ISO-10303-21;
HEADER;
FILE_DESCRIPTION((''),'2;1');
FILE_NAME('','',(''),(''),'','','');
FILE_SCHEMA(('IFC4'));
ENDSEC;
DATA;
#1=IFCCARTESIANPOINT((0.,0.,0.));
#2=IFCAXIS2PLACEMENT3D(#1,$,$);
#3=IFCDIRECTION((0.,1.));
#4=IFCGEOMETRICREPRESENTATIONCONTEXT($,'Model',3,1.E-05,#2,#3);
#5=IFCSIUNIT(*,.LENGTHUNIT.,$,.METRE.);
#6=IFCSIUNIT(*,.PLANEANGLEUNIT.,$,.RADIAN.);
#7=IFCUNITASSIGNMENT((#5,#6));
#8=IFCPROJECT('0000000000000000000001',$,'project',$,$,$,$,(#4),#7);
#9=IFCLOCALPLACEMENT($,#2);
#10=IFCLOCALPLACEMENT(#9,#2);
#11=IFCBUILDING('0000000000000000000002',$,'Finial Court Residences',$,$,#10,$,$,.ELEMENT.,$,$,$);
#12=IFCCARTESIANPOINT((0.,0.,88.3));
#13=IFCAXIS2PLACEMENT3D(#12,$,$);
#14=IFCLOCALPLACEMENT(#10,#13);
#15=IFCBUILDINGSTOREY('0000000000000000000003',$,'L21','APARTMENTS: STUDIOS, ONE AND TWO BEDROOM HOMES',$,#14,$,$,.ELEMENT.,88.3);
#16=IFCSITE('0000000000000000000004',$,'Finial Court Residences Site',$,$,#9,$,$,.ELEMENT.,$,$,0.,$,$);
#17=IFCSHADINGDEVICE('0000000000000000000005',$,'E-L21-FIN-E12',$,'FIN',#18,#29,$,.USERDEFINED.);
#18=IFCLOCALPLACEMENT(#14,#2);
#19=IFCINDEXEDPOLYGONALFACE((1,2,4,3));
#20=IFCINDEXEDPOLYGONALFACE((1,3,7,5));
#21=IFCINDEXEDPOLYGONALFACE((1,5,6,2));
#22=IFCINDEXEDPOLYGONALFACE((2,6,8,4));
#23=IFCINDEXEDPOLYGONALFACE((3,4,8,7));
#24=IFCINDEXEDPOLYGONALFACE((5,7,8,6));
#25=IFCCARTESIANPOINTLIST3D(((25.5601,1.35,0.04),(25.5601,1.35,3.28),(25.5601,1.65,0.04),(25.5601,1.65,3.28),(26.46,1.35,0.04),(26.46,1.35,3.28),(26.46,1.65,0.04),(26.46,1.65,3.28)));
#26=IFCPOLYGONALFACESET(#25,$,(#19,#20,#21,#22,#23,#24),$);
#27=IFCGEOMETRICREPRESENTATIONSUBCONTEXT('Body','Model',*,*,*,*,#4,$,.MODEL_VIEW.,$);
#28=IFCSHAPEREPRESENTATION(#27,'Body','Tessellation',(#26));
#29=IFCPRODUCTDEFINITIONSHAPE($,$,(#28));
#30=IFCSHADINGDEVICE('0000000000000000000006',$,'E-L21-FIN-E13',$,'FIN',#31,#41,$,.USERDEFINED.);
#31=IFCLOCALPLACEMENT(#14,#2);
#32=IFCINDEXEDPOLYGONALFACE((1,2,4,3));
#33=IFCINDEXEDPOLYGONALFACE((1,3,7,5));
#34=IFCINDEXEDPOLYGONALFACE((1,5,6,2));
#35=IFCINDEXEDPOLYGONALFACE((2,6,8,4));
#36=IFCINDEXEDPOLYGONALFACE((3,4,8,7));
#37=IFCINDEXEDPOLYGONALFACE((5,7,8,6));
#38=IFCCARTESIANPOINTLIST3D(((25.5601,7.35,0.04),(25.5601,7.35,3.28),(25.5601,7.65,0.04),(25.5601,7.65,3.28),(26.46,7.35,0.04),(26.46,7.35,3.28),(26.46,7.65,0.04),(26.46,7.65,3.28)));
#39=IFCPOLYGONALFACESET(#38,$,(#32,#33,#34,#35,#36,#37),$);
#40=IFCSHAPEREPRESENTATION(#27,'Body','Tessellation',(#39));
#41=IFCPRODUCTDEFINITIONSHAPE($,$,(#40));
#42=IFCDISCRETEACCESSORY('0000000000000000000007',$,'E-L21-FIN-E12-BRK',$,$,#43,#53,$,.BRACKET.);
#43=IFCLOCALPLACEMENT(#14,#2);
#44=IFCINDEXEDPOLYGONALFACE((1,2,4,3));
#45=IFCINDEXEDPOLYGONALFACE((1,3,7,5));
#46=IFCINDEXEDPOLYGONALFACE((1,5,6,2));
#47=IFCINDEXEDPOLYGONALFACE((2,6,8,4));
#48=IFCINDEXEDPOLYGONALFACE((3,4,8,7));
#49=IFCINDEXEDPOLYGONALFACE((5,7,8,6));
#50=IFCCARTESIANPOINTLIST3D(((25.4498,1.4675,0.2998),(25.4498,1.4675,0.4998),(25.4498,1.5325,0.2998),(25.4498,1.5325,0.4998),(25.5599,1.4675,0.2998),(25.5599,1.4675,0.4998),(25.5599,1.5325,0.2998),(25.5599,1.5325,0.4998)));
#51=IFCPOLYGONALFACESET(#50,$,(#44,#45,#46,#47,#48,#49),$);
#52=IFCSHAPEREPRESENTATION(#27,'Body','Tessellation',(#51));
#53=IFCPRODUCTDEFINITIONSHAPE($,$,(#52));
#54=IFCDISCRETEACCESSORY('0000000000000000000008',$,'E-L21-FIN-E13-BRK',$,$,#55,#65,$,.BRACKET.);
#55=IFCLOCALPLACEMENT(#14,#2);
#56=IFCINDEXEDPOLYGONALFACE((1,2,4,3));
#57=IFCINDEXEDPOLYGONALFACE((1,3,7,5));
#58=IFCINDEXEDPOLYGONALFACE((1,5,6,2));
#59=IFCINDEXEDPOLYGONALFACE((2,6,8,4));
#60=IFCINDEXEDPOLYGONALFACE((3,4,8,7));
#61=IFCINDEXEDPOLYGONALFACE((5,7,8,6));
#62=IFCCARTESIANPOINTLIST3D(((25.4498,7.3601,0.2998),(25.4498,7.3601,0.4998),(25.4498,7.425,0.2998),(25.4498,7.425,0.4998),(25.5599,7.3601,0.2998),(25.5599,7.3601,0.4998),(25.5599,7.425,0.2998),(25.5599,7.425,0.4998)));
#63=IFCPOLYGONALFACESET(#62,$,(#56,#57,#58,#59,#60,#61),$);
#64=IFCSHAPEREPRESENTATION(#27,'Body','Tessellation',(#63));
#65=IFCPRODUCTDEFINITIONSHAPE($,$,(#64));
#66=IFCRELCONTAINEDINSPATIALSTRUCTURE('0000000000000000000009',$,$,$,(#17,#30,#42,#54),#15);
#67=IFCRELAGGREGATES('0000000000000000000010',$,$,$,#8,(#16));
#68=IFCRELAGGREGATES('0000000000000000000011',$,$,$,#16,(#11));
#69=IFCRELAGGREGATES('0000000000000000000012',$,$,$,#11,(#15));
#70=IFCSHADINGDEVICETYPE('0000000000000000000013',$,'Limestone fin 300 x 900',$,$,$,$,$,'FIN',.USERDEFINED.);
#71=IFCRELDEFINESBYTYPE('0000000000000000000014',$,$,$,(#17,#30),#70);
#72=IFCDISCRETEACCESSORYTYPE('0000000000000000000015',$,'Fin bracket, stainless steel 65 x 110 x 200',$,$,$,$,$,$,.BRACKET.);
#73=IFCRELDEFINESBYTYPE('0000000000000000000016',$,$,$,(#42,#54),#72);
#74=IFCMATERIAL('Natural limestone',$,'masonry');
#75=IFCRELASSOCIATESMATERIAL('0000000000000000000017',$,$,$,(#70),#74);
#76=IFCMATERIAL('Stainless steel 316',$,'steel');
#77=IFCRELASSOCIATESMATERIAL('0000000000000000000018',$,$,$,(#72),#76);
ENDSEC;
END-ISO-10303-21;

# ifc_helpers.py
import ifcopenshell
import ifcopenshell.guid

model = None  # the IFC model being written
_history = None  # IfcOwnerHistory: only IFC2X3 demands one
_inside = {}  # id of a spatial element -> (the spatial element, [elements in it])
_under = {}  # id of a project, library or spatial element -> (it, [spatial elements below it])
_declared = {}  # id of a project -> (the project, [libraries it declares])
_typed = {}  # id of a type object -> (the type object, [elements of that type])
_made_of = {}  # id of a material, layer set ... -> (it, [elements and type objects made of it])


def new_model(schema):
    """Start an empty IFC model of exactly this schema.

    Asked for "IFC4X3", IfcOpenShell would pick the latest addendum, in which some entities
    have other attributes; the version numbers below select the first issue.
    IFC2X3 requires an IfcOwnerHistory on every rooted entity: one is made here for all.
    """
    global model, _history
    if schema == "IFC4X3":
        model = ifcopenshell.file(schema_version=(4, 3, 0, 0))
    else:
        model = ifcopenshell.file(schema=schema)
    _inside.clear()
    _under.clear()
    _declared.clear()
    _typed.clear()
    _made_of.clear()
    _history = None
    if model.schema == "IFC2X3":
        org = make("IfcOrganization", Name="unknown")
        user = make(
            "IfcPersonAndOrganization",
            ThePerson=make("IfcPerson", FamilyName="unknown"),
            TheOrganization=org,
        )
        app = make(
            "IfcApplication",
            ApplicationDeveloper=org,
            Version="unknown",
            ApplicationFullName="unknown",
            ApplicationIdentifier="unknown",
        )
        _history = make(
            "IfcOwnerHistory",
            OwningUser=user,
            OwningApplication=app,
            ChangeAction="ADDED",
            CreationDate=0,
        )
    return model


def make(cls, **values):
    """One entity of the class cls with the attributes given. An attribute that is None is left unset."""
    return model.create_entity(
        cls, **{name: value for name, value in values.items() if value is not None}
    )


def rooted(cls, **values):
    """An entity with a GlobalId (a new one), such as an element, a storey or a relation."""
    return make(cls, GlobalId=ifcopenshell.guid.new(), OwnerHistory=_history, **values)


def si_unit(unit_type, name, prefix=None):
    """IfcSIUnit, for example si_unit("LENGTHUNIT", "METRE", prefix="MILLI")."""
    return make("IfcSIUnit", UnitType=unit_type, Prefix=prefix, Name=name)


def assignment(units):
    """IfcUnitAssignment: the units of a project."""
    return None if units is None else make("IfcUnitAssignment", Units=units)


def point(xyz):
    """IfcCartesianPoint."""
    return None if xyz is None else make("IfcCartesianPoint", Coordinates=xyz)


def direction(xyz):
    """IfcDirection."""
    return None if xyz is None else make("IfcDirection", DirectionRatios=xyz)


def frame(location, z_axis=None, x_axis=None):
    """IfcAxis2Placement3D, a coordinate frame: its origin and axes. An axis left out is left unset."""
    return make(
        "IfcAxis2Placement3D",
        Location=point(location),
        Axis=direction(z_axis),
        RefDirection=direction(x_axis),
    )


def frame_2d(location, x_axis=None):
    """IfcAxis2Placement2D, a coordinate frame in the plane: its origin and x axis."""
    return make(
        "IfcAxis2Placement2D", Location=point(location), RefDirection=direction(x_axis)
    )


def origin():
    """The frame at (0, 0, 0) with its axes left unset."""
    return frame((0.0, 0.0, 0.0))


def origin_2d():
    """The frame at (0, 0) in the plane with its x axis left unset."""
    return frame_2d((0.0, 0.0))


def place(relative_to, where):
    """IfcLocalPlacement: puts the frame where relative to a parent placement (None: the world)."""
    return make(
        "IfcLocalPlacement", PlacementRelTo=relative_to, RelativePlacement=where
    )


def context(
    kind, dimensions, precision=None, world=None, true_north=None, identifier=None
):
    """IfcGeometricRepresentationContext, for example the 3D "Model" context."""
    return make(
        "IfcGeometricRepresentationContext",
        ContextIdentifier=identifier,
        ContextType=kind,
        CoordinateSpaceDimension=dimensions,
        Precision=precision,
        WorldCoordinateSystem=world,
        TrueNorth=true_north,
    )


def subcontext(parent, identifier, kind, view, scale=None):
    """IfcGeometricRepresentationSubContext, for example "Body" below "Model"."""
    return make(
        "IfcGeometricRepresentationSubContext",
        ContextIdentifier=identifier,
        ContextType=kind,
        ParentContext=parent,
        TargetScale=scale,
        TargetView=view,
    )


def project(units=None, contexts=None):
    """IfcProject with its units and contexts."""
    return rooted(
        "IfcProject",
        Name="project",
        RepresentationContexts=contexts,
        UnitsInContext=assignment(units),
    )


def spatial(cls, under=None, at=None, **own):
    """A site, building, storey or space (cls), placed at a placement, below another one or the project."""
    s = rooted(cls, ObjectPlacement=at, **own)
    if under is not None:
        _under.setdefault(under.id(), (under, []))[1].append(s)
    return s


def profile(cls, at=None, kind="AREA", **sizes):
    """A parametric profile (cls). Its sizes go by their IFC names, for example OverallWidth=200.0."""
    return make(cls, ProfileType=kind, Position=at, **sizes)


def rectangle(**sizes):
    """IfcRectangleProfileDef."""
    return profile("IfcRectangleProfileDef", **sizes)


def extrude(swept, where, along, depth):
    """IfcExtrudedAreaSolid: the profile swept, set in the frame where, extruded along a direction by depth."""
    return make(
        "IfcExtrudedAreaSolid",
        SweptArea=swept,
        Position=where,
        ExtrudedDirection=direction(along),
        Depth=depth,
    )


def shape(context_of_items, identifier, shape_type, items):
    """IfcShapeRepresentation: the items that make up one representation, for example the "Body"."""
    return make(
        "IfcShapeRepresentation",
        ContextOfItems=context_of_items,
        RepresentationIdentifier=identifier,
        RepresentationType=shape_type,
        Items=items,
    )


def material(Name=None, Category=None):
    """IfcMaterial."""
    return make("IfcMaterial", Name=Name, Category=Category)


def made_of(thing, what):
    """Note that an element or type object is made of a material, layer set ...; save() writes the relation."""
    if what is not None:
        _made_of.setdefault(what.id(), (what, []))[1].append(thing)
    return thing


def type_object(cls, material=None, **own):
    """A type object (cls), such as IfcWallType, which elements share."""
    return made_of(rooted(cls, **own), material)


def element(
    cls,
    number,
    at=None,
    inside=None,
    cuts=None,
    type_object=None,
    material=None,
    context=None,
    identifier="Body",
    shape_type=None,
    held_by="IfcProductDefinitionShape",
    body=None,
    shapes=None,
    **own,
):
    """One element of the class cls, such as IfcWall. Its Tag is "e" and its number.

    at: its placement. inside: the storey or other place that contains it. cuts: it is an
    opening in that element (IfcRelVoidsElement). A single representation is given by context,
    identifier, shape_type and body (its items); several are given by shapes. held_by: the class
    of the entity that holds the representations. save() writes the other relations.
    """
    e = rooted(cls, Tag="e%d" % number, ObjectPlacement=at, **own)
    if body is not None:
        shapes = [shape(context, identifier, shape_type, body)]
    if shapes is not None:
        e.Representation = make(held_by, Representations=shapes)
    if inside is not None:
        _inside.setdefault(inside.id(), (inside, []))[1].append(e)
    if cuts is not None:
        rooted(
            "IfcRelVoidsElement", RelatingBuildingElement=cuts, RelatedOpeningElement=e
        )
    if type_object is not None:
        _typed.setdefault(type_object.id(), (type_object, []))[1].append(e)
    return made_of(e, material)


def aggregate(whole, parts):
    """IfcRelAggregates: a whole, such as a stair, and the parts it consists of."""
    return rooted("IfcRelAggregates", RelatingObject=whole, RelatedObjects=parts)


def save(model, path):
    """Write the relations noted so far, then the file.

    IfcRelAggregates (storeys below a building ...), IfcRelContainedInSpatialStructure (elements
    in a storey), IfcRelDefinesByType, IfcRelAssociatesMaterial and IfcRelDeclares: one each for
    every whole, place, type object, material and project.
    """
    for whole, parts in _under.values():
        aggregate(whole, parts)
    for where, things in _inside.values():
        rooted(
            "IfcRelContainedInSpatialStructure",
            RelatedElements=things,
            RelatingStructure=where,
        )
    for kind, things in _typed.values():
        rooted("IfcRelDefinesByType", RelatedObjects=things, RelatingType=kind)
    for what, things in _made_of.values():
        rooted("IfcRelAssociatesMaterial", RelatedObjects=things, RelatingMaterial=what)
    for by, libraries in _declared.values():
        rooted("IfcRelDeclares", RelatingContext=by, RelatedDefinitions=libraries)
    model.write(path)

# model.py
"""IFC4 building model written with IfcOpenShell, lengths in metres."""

from ifc_helpers import new_model, si_unit, direction, frame, origin, origin_2d, place, context, subcontext, project, spatial, rectangle, extrude, material, type_object, element, save


model = new_model("IFC4")

# Units and contexts
model_context = context("Model", 3, precision=1e-05, world=origin(), true_north=direction((0.0, 1.0)))
body_context = subcontext(model_context, "Body", "Model", "MODEL_VIEW")
ifc_project = project(units=[si_unit("LENGTHUNIT", "METRE"), si_unit("PLANEANGLEUNIT", "RADIAN")], contexts=[model_context])

# Site, building, storey
site_placement = place(None, origin())
site = spatial("IfcSite", under=ifc_project, at=site_placement, Name="Finial Court Residences Site", CompositionType="ELEMENT", RefElevation=0.0)
building_placement = place(site_placement, origin())
building = spatial("IfcBuilding", under=site, at=building_placement, Name="Finial Court Residences", CompositionType="ELEMENT")
storey_placement = place(building_placement, frame((0.0, 0.0, 88.3)))
storey = spatial("IfcBuildingStorey", under=building, at=storey_placement, Name="L21", Description="APARTMENTS: STUDIOS, ONE AND TWO BEDROOM HOMES", CompositionType="ELEMENT", Elevation=88.3)

# Shared definitions
ifc_material_1 = material(Name="Natural limestone", Category="masonry")

# Shading devices
shading_device_type = type_object("IfcShadingDeviceType", Name="Limestone fin 300 x 900", ElementType="FIN", PredefinedType="USERDEFINED", material=ifc_material_1)
for number, where, z_axis, x_axis, name in (
    (1, (26.01, 1.5, 0.04), (0.0, 0.0, 1.0), (1.0, 0.0, 0.0), "E-L21-FIN-E12"),
    (2, (26.01, 7.5, 0.04), (0.0, 0.0, 1.0), (1.0, 0.0, 0.0), "E-L21-FIN-E13"),
):
    element("IfcShadingDevice", number, at=place(storey_placement, frame(where, z_axis=z_axis, x_axis=x_axis)), inside=storey, type_object=shading_device_type, Name=name, ObjectType="FIN", PredefinedType="USERDEFINED", context=body_context, shape_type="SweptSolid", body=[
        extrude(rectangle(XDim=0.8999, YDim=0.3, at=origin_2d()), origin(), (0.0, 0.0, 1.0), 3.24),
    ])

# Discrete accessories
ifc_material_2 = material(Name="Stainless steel 316", Category="steel")
discrete_accessory_type = type_object("IfcDiscreteAccessoryType", Name="Fin bracket, stainless steel 65 x 110 x 200", PredefinedType="BRACKET", material=ifc_material_2)
for number, where, z_axis, x_axis, name in (
    (3, (25.5049, 1.5, 0.2998), (0.0, 0.0, 1.0), (1.0, 0.0, 0.0), "E-L21-FIN-E12-BRK"),
    (4, (25.5049, 7.3926, 0.2998), (0.0, 0.0, 1.0), (1.0, 0.0, 0.0), "E-L21-FIN-E13-BRK"),
):
    element("IfcDiscreteAccessory", number, at=place(storey_placement, frame(where, z_axis=z_axis, x_axis=x_axis)), inside=storey, type_object=discrete_accessory_type, Name=name, PredefinedType="BRACKET", context=body_context, shape_type="SweptSolid", body=[
        extrude(rectangle(XDim=0.1101, YDim=0.0649, at=origin_2d()), origin(), (0.0, 0.0, 1.0), 0.2),
    ])

save(model, "model.ifc")
